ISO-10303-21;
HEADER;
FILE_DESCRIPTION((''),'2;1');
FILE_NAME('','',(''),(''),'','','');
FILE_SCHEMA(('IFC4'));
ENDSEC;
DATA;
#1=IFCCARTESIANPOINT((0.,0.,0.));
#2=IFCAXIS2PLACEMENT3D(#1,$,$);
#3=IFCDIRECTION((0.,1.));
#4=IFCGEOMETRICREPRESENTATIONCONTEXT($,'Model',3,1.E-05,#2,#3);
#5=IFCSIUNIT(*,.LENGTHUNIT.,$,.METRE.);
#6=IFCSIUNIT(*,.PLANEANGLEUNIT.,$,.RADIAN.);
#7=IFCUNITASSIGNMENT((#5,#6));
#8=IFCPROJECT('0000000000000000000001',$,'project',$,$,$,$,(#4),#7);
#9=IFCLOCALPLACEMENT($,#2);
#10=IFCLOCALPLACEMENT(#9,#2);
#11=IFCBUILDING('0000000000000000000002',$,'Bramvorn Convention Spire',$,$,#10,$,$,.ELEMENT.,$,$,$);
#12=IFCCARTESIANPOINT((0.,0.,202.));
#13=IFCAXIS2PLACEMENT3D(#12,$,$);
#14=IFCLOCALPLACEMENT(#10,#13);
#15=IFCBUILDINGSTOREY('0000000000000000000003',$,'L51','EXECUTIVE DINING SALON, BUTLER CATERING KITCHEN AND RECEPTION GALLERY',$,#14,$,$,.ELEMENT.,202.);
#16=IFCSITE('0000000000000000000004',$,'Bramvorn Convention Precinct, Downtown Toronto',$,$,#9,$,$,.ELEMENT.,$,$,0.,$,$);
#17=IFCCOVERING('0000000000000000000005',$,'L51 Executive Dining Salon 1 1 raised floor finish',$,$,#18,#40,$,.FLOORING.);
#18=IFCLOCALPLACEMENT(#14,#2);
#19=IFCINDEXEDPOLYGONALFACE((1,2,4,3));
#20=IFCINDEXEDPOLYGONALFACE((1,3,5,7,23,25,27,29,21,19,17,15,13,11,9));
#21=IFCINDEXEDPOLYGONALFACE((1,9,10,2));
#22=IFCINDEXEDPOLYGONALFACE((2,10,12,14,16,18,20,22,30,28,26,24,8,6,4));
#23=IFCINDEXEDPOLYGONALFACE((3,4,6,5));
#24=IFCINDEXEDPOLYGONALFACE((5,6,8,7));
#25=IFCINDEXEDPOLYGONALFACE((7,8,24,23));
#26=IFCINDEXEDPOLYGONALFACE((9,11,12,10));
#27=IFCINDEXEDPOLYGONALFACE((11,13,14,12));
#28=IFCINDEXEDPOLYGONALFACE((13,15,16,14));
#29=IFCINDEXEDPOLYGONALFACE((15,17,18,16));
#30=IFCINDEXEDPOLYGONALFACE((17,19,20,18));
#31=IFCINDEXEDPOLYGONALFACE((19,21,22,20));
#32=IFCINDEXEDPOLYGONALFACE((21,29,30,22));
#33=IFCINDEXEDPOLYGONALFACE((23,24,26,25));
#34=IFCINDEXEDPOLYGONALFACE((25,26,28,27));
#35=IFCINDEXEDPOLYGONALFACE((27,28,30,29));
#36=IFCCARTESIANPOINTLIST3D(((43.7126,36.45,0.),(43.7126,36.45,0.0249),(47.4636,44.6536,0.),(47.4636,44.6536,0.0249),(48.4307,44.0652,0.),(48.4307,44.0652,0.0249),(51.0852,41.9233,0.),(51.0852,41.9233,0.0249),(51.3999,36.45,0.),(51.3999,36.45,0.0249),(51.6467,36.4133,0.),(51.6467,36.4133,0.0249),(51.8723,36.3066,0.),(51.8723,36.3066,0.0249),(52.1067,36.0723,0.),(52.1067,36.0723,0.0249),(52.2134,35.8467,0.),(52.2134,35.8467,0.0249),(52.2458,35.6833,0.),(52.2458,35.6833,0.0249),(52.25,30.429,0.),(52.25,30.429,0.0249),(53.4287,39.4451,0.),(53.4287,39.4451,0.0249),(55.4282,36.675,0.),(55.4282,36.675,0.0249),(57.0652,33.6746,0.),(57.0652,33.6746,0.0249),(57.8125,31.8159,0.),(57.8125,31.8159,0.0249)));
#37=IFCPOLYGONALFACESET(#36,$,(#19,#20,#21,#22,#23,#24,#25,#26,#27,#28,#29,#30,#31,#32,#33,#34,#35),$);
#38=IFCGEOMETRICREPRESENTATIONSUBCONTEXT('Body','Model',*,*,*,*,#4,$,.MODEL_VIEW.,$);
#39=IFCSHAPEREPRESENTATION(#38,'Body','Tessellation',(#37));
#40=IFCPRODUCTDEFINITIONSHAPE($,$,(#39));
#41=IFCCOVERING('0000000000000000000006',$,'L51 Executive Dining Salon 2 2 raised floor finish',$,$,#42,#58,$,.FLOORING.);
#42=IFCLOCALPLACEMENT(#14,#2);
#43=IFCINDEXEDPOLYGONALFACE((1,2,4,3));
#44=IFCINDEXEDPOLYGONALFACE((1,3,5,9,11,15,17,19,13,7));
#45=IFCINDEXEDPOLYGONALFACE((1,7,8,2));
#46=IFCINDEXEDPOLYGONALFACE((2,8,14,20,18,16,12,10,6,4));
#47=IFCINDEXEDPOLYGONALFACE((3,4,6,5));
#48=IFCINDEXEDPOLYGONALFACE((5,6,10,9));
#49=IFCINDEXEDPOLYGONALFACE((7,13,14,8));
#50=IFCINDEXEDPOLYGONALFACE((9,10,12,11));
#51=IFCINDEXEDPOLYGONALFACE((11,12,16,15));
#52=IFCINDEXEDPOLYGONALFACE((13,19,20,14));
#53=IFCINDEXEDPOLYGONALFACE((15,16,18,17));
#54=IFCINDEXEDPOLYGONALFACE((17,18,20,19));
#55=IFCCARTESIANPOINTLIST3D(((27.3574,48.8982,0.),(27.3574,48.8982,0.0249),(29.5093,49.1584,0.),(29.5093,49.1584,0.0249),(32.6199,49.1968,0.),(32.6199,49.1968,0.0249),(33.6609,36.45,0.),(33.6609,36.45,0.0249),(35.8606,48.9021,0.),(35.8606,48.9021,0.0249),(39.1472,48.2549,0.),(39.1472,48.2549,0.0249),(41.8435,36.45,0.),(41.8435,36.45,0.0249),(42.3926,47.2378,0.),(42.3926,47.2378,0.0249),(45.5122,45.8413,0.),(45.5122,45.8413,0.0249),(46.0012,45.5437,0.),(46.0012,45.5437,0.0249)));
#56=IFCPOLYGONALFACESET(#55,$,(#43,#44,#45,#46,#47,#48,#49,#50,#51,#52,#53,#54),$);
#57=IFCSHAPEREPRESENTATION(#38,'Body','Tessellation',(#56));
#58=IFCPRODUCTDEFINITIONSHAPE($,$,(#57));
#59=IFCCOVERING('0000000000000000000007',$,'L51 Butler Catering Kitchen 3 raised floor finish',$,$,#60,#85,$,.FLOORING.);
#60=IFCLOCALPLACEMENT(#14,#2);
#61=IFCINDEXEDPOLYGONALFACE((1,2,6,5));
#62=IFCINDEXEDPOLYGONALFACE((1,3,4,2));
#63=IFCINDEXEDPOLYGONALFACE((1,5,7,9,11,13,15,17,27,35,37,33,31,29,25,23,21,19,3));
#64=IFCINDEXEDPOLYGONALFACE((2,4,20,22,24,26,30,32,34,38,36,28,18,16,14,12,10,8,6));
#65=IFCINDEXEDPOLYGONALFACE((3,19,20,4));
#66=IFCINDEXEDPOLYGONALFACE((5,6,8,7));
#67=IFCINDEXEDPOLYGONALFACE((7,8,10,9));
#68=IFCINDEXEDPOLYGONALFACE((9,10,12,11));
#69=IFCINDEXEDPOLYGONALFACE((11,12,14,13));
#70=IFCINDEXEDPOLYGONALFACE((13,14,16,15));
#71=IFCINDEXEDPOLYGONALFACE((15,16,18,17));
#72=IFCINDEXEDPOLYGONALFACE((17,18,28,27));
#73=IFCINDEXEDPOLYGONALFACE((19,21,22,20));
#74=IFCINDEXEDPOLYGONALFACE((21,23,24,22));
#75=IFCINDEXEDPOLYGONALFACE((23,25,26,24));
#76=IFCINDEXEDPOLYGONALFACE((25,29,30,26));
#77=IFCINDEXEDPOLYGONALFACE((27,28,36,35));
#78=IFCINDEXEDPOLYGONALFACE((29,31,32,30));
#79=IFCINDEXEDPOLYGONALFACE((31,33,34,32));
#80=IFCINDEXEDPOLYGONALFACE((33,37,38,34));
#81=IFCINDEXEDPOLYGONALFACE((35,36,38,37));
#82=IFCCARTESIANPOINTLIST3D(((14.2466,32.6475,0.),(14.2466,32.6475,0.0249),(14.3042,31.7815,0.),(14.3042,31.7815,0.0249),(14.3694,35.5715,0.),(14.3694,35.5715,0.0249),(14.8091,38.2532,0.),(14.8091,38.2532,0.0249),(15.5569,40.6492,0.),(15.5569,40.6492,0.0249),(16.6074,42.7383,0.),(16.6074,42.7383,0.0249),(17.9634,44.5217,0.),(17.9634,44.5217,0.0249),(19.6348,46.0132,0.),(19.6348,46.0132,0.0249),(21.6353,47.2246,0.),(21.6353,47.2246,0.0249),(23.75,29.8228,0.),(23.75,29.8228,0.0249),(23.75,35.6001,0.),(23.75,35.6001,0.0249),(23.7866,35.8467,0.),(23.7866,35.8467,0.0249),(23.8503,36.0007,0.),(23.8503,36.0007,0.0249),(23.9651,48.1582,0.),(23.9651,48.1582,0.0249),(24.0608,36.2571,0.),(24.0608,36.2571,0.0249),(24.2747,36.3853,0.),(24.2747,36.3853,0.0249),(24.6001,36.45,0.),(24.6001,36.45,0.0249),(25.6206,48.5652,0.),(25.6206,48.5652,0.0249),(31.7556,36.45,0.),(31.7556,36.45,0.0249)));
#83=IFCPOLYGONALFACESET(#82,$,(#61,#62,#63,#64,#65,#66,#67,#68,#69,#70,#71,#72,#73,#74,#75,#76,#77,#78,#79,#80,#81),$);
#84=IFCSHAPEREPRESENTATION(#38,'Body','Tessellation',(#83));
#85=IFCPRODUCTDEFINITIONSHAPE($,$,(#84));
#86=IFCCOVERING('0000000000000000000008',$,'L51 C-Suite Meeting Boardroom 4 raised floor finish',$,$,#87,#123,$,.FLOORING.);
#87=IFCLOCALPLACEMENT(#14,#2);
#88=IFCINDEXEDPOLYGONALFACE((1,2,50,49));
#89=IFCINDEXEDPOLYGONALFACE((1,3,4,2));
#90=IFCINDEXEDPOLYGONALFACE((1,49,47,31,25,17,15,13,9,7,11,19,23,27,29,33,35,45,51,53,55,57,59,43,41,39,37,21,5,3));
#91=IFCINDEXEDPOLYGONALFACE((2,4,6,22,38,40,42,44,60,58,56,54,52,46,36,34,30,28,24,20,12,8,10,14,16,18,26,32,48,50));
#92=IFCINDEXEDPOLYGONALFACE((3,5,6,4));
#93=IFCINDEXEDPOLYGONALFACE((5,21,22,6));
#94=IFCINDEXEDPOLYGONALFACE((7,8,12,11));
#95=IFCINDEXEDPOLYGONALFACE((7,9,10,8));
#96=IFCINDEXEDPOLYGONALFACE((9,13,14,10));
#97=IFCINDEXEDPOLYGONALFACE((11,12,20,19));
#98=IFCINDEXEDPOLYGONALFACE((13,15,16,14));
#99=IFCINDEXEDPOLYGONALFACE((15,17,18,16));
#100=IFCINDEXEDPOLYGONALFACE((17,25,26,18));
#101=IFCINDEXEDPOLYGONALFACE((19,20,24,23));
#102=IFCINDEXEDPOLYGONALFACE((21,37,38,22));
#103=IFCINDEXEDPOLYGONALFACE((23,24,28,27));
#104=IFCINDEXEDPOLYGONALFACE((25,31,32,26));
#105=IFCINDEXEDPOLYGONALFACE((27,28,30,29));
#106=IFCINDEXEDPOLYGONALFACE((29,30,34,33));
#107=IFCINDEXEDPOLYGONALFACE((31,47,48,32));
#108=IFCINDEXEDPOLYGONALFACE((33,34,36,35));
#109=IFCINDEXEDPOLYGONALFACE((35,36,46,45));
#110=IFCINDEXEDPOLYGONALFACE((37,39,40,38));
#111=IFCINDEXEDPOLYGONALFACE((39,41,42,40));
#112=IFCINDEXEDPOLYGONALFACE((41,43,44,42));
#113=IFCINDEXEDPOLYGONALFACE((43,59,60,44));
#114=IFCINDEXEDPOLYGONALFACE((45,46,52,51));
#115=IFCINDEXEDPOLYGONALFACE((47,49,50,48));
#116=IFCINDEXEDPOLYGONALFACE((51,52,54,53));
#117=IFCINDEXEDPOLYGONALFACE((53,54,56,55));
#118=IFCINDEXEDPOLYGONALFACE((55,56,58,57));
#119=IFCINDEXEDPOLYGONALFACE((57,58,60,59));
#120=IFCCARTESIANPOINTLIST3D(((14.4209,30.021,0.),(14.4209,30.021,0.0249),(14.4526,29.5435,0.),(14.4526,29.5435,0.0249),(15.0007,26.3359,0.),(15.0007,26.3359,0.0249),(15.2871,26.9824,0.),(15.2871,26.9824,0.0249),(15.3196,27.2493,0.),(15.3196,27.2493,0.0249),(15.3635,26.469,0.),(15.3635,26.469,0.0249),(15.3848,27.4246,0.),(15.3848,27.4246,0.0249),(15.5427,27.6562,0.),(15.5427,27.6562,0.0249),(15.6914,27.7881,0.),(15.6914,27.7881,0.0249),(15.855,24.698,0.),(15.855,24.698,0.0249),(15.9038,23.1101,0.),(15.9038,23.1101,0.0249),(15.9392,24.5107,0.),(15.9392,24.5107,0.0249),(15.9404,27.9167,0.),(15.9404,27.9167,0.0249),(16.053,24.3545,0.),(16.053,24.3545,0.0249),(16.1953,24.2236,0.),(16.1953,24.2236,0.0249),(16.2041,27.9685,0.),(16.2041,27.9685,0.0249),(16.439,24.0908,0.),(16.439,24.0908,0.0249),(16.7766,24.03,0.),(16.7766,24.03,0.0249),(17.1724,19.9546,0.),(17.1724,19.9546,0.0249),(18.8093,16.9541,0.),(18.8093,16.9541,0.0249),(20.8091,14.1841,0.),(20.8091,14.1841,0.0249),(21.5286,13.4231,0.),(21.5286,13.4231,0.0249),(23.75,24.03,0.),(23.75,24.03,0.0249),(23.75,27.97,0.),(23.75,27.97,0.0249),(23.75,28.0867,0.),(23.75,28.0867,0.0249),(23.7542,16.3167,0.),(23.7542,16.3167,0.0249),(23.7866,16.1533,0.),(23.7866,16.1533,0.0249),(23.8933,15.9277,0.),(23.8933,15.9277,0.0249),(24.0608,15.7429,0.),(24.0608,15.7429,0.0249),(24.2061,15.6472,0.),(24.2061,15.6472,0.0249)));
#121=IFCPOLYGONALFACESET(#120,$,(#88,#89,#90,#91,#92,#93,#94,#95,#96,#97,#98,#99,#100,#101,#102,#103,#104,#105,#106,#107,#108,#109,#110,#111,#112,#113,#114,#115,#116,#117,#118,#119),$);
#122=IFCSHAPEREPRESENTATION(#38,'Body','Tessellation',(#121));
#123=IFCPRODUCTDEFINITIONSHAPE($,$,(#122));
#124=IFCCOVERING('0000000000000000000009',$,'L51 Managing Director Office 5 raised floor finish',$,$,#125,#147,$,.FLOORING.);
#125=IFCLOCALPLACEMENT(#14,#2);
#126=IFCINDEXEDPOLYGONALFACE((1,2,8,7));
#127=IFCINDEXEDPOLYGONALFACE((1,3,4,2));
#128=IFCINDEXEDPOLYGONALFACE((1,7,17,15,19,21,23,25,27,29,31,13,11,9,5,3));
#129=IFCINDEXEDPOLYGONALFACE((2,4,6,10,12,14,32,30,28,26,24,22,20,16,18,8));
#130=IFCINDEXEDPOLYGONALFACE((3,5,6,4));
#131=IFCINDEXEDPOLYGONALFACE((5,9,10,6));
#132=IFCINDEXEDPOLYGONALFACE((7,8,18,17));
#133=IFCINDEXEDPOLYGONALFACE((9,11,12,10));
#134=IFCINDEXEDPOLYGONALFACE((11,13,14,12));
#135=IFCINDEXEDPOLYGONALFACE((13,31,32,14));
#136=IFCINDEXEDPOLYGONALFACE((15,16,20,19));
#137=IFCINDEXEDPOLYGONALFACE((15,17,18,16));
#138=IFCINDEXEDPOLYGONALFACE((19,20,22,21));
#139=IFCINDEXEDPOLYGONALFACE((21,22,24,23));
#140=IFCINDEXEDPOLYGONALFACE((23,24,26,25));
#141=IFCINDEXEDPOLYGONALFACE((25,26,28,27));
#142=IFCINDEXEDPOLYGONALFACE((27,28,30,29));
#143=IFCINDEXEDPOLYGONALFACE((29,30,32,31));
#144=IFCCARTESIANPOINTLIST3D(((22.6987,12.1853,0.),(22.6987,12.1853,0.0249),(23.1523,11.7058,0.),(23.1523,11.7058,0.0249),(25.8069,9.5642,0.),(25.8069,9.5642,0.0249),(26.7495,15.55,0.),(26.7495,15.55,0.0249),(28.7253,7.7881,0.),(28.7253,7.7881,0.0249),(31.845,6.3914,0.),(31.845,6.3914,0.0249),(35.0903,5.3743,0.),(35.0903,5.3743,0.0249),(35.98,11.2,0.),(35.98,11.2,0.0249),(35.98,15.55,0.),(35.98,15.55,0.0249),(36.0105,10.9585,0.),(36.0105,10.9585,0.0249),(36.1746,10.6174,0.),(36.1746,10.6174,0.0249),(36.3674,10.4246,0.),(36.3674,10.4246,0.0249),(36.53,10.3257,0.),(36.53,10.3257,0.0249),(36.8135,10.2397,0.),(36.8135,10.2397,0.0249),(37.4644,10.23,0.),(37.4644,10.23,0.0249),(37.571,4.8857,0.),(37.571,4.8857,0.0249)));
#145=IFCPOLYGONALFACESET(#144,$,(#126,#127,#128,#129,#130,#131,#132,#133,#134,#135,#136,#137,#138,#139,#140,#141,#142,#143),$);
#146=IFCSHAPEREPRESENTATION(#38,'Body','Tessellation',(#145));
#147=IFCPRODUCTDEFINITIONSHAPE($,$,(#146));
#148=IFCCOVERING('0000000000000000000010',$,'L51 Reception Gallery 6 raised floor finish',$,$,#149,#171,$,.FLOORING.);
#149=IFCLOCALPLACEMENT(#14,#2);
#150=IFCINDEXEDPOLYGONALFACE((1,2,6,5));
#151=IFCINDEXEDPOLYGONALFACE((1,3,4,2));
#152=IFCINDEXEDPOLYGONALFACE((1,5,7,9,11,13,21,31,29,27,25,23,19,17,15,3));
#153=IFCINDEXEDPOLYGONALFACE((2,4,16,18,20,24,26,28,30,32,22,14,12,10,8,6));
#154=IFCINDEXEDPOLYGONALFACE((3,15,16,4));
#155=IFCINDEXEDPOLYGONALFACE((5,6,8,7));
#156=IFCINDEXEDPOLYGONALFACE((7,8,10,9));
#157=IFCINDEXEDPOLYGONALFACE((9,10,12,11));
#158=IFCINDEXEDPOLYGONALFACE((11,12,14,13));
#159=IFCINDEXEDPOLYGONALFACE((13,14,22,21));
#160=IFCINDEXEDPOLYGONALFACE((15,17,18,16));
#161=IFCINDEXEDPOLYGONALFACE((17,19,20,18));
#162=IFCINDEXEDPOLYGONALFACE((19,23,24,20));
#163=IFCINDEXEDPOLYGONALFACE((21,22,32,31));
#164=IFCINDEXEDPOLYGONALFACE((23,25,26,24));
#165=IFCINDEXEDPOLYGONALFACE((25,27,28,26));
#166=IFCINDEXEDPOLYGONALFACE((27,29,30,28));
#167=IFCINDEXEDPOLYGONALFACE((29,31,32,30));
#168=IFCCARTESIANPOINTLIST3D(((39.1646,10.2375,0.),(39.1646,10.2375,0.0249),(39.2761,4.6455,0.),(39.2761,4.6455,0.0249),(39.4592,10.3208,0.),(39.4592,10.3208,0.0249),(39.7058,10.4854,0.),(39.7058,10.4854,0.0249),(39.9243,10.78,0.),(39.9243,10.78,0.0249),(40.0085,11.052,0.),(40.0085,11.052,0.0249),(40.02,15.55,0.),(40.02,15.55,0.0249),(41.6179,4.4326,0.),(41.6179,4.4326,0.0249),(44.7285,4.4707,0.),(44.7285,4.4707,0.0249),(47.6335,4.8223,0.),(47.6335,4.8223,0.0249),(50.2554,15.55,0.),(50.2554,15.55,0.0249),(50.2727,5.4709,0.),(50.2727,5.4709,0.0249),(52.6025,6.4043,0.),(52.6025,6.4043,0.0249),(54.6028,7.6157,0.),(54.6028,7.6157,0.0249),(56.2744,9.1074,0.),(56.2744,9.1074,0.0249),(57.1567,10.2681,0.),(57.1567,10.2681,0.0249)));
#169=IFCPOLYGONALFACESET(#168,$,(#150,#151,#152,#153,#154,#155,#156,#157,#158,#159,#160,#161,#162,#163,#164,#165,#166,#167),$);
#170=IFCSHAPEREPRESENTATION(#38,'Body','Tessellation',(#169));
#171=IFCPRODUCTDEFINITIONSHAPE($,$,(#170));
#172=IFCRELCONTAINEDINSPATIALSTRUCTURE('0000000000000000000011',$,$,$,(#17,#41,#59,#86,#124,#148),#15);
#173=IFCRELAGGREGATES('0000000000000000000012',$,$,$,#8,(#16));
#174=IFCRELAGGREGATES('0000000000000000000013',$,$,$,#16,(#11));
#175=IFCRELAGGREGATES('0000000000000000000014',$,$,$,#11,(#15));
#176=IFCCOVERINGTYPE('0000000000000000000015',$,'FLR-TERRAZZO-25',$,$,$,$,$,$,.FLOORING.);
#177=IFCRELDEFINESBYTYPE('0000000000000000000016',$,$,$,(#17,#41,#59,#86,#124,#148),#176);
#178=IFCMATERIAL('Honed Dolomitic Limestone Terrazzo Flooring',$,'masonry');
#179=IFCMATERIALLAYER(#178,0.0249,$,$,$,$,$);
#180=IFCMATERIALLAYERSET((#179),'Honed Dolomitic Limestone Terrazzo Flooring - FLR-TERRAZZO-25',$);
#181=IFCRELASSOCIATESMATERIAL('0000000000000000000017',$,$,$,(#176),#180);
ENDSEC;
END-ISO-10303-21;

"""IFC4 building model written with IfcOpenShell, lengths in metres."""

from ifc_helpers import new_model, si_unit, direction, frame, origin, place, context, subcontext, project, spatial, polyline, outline, extrude, material, layer, layer_set, type_object, element, save


model = new_model("IFC4")

# Units and contexts
model_context = context("Model", 3, precision=1e-05, world=origin(), true_north=direction((0.0, 1.0)))
body_context = subcontext(model_context, "Body", "Model", "MODEL_VIEW")
ifc_project = project(units=[si_unit("LENGTHUNIT", "METRE"), si_unit("PLANEANGLEUNIT", "RADIAN")], contexts=[model_context])

# Site, building, storey
site_placement = place(None, origin())
site = spatial("IfcSite", under=ifc_project, at=site_placement, Name="Bramvorn Convention Precinct, Downtown Toronto", CompositionType="ELEMENT", RefElevation=0.0)
building_placement = place(site_placement, origin())
building = spatial("IfcBuilding", under=site, at=building_placement, Name="Bramvorn Convention Spire", CompositionType="ELEMENT")
storey_placement = place(building_placement, frame((0.0, 0.0, 202.0)))
storey = spatial("IfcBuildingStorey", under=building, at=storey_placement, Name="L51", Description="EXECUTIVE DINING SALON, BUTLER CATERING KITCHEN AND RECEPTION GALLERY", CompositionType="ELEMENT", Elevation=202.0)

# Coverings
ifc_material_1 = material(Name="Honed Dolomitic Limestone Terrazzo Flooring", Category="masonry")
ifc_layer_1 = layer(ifc_material_1, 0.0249)
ifc_layer_set_1 = layer_set([ifc_layer_1], Name="Honed Dolomitic Limestone Terrazzo Flooring - FLR-TERRAZZO-25")
covering_type = type_object("IfcCoveringType", Name="FLR-TERRAZZO-25", PredefinedType="FLOORING", material=ifc_layer_set_1)
covering_1_placement = place(storey_placement, origin())
element("IfcCovering", 1, at=covering_1_placement, inside=storey, type_object=covering_type, Name="L51 Executive Dining Salon 1 1 raised floor finish", PredefinedType="FLOORING", context=body_context, shape_type="SweptSolid", body=[
    extrude(outline(polyline([(48.4307, 44.0652), (47.4636, 44.6536), (43.7126, 36.45), (51.3999, 36.45), (51.6467, 36.4133), (51.8723, 36.3066), (52.1067, 36.0723), (52.2134, 35.8467), (52.2458, 35.6833), (52.25, 30.429), (57.8125, 31.8159), (57.0652, 33.6746), (55.4282, 36.675), (53.4287, 39.4451), (51.0852, 41.9233), (48.4307, 44.0652)])), origin(), (0.0, 0.0, 1.0), 0.0249),
])
covering_2_placement = place(storey_placement, origin())
element("IfcCovering", 2, at=covering_2_placement, inside=storey, type_object=covering_type, Name="L51 Executive Dining Salon 2 2 raised floor finish", PredefinedType="FLOORING", context=body_context, shape_type="SweptSolid", body=[
    extrude(outline(polyline([(33.6609, 36.45), (41.8435, 36.45), (46.0012, 45.5437), (45.5122, 45.8413), (42.3926, 47.2378), (39.1472, 48.2549), (35.8606, 48.9021), (32.6199, 49.1968), (29.5093, 49.1584), (27.3574, 48.8982), (33.6609, 36.45)])), origin(), (0.0, 0.0, 1.0), 0.0249),
])
covering_3_placement = place(storey_placement, origin())
element("IfcCovering", 3, at=covering_3_placement, inside=storey, type_object=covering_type, Name="L51 Butler Catering Kitchen 3 raised floor finish", PredefinedType="FLOORING", context=body_context, shape_type="SweptSolid", body=[
    extrude(outline(polyline([(14.2466, 32.6475), (14.3042, 31.7815), (23.75, 29.8228), (23.75, 35.6001), (23.7866, 35.8467), (23.8503, 36.0007), (24.0608, 36.2571), (24.2747, 36.3853), (24.6001, 36.45), (31.7556, 36.45), (25.6206, 48.5652), (23.9651, 48.1582), (21.6353, 47.2246), (19.6348, 46.0132), (17.9634, 44.5217), (16.6074, 42.7383), (15.5569, 40.6492), (14.8091, 38.2532), (14.3694, 35.5715), (14.2466, 32.6475)])), origin(), (0.0, 0.0, 1.0), 0.0249),
])
covering_4_placement = place(storey_placement, origin())
element("IfcCovering", 4, at=covering_4_placement, inside=storey, type_object=covering_type, Name="L51 C-Suite Meeting Boardroom 4 raised floor finish", PredefinedType="FLOORING", context=body_context, shape_type="SweptSolid", body=[
    extrude(outline(polyline([(20.8091, 14.1841), (21.5286, 13.4231), (24.2061, 15.6472), (24.0608, 15.7429), (23.8933, 15.9277), (23.7866, 16.1533), (23.7542, 16.3167), (23.75, 24.03), (16.7766, 24.03), (16.439, 24.0908), (16.1953, 24.2236), (16.053, 24.3545), (15.9392, 24.5107), (15.855, 24.698), (15.3635, 26.469), (15.2871, 26.9824), (15.3196, 27.2493), (15.3848, 27.4246), (15.5427, 27.6562), (15.6914, 27.7881), (15.9404, 27.9167), (16.2041, 27.9685), (23.75, 27.97), (23.75, 28.0867), (14.4209, 30.021), (14.4526, 29.5435), (15.0007, 26.3359), (15.9038, 23.1101), (17.1724, 19.9546), (18.8093, 16.9541), (20.8091, 14.1841)])), origin(), (0.0, 0.0, 1.0), 0.0249),
])
covering_5_placement = place(storey_placement, origin())
element("IfcCovering", 5, at=covering_5_placement, inside=storey, type_object=covering_type, Name="L51 Managing Director Office 5 raised floor finish", PredefinedType="FLOORING", context=body_context, shape_type="SweptSolid", body=[
    extrude(outline(polyline([(37.571, 4.8857), (37.4644, 10.23), (36.8135, 10.2397), (36.53, 10.3257), (36.3674, 10.4246), (36.1746, 10.6174), (36.0105, 10.9585), (35.98, 11.2), (35.98, 15.55), (26.7495, 15.55), (22.6987, 12.1853), (23.1523, 11.7058), (25.8069, 9.5642), (28.7253, 7.7881), (31.845, 6.3914), (35.0903, 5.3743), (37.571, 4.8857)])), origin(), (0.0, 0.0, 1.0), 0.0249),
])
covering_6_placement = place(storey_placement, origin())
element("IfcCovering", 6, at=covering_6_placement, inside=storey, type_object=covering_type, Name="L51 Reception Gallery 6 raised floor finish", PredefinedType="FLOORING", context=body_context, shape_type="SweptSolid", body=[
    extrude(outline(polyline([(39.2761, 4.6455), (41.6179, 4.4326), (44.7285, 4.4707), (47.6335, 4.8223), (50.2727, 5.4709), (52.6025, 6.4043), (54.6028, 7.6157), (56.2744, 9.1074), (57.1567, 10.2681), (50.2554, 15.55), (40.02, 15.55), (40.0085, 11.052), (39.9243, 10.78), (39.7058, 10.4854), (39.4592, 10.3208), (39.1646, 10.2375), (39.2761, 4.6455)])), origin(), (0.0, 0.0, 1.0), 0.0249),
])

save(model, "model.ifc")
